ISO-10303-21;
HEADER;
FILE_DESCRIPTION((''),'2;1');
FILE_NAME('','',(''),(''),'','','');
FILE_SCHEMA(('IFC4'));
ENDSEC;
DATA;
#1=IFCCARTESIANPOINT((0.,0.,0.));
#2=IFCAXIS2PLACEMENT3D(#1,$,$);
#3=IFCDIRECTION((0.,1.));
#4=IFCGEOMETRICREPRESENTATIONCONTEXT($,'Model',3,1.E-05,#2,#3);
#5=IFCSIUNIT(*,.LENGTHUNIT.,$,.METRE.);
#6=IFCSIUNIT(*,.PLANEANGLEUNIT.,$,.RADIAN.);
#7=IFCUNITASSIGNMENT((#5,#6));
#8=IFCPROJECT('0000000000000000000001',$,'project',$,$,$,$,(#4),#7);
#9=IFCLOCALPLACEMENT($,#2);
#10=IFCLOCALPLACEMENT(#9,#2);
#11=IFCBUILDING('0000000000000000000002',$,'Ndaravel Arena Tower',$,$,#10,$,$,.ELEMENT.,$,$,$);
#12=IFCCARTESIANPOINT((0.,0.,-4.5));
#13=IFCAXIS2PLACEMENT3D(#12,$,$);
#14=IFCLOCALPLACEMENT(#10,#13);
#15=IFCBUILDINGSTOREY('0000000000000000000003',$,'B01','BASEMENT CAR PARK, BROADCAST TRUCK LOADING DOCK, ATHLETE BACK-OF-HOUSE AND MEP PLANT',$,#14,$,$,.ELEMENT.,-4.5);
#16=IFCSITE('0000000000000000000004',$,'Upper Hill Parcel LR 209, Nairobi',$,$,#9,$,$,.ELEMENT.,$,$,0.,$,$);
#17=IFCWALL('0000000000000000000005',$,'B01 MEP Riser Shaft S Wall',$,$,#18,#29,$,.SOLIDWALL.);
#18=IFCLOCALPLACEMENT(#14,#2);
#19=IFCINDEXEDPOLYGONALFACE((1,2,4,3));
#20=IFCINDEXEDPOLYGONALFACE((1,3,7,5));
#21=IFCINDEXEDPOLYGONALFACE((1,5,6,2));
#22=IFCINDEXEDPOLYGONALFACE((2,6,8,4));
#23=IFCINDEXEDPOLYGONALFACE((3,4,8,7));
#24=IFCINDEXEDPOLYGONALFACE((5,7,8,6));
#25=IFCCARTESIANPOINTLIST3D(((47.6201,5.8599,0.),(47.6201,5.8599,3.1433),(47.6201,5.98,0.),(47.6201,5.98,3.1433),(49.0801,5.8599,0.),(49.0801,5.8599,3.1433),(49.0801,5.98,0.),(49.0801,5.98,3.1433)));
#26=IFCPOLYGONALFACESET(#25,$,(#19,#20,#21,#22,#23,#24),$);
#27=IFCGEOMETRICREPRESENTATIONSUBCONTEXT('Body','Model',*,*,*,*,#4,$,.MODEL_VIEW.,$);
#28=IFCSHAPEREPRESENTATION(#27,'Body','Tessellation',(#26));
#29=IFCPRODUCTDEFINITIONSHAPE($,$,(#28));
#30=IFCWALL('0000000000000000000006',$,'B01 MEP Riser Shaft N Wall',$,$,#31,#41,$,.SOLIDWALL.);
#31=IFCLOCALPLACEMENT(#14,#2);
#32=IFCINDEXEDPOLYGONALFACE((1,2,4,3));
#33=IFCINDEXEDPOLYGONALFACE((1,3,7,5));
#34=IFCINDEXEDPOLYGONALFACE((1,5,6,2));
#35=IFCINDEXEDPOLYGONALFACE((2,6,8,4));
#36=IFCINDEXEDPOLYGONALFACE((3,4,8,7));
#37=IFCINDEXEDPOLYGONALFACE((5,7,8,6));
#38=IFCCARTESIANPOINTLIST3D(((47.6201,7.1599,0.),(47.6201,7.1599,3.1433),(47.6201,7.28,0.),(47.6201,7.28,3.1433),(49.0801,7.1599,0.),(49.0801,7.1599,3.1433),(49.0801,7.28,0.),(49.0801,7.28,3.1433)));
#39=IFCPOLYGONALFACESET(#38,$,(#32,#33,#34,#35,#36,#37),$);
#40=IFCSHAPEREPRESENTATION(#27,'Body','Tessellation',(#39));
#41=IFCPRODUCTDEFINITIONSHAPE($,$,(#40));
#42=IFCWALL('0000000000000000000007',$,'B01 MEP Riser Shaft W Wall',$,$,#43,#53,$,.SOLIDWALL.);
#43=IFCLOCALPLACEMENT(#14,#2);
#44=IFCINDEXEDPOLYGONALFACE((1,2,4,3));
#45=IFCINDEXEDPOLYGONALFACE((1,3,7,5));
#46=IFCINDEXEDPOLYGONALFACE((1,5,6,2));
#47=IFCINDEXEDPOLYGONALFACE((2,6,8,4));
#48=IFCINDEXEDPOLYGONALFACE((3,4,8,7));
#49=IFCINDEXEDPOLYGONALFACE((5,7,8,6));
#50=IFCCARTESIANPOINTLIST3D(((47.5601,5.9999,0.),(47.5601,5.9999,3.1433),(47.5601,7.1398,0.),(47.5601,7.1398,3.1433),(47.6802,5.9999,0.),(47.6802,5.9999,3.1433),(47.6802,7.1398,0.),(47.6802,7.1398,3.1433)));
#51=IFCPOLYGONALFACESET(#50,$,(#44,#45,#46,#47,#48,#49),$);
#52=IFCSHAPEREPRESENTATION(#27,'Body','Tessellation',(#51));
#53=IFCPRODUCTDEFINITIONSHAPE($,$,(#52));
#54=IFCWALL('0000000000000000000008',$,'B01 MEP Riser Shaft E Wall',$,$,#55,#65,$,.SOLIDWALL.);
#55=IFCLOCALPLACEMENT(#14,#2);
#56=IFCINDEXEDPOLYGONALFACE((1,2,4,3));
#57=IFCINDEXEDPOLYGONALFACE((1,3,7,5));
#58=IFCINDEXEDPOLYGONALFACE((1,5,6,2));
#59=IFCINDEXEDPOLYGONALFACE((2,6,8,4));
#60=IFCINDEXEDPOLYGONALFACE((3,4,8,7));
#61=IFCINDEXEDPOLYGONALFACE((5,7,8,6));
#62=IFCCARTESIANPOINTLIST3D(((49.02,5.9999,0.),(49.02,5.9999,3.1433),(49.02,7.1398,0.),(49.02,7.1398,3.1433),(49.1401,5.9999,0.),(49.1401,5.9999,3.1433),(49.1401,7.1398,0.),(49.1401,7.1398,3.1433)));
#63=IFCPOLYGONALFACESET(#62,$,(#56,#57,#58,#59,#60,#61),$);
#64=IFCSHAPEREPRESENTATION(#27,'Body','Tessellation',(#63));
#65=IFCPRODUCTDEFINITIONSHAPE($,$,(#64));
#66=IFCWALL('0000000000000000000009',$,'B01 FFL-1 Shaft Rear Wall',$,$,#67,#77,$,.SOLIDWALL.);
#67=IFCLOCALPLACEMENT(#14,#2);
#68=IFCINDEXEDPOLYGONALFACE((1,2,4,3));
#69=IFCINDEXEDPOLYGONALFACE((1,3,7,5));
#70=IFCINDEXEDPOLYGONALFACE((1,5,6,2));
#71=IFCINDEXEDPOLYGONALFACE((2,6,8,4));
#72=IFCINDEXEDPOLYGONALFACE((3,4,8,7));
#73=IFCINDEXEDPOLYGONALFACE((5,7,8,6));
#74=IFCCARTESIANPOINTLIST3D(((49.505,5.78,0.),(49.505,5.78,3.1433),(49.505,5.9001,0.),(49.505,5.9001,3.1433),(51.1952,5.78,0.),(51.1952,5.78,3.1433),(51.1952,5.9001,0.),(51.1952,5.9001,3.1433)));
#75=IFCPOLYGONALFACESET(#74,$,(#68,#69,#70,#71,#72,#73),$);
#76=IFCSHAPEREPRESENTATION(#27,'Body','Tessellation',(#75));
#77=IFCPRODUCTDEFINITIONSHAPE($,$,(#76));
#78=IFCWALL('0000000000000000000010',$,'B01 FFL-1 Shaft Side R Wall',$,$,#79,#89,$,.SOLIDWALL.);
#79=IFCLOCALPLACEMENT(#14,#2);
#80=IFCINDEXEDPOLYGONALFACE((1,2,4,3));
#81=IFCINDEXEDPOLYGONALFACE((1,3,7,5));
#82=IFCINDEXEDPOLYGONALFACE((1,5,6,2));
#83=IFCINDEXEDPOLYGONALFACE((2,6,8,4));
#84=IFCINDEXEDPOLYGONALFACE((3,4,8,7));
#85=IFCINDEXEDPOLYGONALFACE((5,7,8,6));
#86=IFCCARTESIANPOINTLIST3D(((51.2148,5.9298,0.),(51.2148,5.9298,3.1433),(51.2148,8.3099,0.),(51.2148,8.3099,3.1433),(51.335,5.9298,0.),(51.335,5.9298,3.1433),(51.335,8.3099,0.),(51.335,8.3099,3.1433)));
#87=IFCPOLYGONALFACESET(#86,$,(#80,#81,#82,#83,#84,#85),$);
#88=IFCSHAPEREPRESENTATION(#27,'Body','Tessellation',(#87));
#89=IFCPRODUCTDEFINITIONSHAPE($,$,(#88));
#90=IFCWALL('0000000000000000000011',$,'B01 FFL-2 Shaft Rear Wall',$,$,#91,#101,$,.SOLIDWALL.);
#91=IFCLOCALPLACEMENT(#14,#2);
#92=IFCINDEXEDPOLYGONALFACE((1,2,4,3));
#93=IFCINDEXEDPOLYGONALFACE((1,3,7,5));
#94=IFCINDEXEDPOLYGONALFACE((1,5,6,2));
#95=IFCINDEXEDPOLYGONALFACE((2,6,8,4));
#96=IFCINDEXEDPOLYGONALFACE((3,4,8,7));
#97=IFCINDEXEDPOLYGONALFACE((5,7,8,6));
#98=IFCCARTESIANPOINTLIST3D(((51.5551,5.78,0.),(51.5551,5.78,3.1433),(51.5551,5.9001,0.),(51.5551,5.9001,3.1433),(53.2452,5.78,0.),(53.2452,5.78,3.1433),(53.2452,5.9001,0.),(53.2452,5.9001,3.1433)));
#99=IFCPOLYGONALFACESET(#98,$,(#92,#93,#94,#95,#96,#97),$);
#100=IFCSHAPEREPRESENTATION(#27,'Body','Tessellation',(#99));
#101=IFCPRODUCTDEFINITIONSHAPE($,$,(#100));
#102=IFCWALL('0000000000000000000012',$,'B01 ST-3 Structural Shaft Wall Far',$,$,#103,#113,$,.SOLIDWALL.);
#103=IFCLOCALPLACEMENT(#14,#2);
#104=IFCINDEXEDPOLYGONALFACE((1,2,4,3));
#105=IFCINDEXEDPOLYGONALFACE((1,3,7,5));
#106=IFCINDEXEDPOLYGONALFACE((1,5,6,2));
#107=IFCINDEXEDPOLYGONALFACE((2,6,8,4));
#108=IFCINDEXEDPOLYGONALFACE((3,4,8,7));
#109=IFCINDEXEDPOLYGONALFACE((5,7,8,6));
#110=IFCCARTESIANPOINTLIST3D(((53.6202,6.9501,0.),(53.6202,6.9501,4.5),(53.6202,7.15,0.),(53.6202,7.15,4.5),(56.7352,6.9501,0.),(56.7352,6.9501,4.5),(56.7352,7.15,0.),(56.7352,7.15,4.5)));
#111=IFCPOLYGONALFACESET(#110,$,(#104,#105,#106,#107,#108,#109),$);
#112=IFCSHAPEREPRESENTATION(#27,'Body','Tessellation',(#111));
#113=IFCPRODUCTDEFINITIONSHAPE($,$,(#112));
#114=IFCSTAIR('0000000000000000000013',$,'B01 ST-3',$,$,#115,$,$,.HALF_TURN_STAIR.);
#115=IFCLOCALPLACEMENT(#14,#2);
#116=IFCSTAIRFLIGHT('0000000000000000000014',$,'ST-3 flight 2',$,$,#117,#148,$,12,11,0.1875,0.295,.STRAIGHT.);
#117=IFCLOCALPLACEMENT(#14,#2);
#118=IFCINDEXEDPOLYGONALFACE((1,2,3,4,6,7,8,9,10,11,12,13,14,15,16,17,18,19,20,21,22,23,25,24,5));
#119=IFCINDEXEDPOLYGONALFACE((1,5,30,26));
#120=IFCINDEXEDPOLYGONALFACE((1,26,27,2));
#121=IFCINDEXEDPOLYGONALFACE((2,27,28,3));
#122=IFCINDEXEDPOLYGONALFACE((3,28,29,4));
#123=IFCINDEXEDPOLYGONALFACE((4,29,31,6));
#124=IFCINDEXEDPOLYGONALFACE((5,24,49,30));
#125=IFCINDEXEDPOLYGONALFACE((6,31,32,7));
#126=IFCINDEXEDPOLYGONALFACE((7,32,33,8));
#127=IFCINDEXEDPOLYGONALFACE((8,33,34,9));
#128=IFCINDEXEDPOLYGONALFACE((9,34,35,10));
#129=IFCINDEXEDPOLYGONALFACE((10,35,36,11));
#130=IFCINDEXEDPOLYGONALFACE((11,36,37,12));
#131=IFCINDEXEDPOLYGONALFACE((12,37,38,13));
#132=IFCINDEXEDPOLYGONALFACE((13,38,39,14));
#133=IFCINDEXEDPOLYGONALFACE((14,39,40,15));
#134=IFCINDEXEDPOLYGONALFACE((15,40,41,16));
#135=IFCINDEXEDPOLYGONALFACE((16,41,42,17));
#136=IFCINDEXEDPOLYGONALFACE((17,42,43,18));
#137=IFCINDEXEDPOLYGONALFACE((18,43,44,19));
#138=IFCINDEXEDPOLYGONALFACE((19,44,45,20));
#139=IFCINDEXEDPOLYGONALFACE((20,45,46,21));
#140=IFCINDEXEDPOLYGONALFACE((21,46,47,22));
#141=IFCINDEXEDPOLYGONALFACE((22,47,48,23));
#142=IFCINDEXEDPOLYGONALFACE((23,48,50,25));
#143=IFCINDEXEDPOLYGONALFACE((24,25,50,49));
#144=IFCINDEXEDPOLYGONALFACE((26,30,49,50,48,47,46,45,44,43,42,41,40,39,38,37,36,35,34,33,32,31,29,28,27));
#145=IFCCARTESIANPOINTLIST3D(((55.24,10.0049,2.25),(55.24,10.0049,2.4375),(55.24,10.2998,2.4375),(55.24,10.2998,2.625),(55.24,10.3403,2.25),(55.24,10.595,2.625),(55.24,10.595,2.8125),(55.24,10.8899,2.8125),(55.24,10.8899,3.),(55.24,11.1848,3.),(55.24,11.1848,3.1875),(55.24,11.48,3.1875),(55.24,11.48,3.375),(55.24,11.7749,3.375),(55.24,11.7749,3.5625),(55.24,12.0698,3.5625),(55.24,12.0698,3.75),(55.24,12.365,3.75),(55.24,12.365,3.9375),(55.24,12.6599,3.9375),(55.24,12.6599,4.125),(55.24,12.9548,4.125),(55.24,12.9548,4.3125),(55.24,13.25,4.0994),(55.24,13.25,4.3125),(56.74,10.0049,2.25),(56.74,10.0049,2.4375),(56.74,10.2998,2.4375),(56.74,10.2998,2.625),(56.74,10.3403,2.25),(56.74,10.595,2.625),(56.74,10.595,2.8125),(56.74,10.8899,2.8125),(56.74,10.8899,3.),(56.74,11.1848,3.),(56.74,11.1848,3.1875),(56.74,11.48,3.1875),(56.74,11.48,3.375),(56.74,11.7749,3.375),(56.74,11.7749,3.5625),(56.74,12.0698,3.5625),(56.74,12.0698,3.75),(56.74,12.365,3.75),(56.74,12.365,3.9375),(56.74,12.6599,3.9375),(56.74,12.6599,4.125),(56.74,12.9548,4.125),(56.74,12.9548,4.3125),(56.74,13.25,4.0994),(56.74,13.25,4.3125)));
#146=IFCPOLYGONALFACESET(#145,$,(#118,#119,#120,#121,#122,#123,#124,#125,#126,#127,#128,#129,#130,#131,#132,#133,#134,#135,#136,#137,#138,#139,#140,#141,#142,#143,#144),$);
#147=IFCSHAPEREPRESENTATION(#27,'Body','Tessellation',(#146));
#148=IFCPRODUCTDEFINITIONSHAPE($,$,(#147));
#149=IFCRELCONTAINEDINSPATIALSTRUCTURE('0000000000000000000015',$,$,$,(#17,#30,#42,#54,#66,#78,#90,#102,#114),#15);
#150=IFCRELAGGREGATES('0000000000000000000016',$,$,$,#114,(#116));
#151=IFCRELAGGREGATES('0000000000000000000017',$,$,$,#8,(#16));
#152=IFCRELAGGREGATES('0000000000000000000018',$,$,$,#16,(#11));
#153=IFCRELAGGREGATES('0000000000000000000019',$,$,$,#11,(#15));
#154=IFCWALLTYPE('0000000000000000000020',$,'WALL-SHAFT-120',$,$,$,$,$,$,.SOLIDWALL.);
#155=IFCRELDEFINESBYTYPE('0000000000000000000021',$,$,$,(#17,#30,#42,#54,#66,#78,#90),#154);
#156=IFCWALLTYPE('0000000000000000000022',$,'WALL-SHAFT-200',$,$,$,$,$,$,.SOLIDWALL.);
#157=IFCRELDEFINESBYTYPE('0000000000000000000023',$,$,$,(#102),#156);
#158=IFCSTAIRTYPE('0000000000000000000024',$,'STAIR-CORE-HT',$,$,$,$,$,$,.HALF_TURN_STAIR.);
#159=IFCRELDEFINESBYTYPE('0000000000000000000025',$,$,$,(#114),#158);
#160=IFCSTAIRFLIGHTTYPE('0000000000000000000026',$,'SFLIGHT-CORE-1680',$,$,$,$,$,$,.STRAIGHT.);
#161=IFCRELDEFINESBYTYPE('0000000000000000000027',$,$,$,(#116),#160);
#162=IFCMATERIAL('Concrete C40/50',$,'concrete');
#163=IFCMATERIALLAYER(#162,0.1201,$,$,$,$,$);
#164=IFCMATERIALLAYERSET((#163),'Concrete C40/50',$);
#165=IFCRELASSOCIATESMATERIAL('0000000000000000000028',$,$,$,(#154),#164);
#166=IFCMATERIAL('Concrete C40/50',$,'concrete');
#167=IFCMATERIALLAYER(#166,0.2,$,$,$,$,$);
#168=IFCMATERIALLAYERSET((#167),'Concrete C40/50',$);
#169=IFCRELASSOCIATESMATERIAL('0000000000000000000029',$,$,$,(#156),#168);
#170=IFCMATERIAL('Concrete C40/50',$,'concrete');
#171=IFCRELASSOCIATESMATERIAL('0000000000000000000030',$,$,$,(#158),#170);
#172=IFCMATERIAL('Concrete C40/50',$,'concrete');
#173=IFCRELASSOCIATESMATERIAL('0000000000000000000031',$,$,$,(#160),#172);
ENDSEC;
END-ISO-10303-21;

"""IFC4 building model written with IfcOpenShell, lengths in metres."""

from ifc_helpers import new_model, si_unit, direction, frame, frame_2d, origin, place, context, subcontext, project, spatial, polyline, rectangle, outline, extrude, material, layer, layer_set, type_object, element, aggregate, save


model = new_model("IFC4")

# Units and contexts
model_context = context("Model", 3, precision=1e-05, world=origin(), true_north=direction((0.0, 1.0)))
body_context = subcontext(model_context, "Body", "Model", "MODEL_VIEW")
ifc_project = project(units=[si_unit("LENGTHUNIT", "METRE"), si_unit("PLANEANGLEUNIT", "RADIAN")], contexts=[model_context])

# Site, building, storey
site_placement = place(None, origin())
site = spatial("IfcSite", under=ifc_project, at=site_placement, Name="Upper Hill Parcel LR 209, Nairobi", CompositionType="ELEMENT", RefElevation=0.0)
building_placement = place(site_placement, origin())
building = spatial("IfcBuilding", under=site, at=building_placement, Name="Ndaravel Arena Tower", CompositionType="ELEMENT")
storey_placement = place(building_placement, frame((0.0, 0.0, -4.5)))
storey = spatial("IfcBuildingStorey", under=building, at=storey_placement, Name="B01", Description="BASEMENT CAR PARK, BROADCAST TRUCK LOADING DOCK, ATHLETE BACK-OF-HOUSE AND MEP PLANT", CompositionType="ELEMENT", Elevation=-4.5)

# Walls
ifc_material_1 = material(Name="Concrete C40/50", Category="concrete")
ifc_layer_1 = layer(ifc_material_1, 0.1201)
ifc_layer_set_1 = layer_set([ifc_layer_1], Name="Concrete C40/50")
wall_type_1 = type_object("IfcWallType", Name="WALL-SHAFT-120", PredefinedType="SOLIDWALL", material=ifc_layer_set_1)
for number, where, z_axis, x_axis, name in (
    (1, (47.6201, 5.9199, 0.0), (0.0, 0.0, 1.0), (1.0, 0.0, 0.0), "B01 MEP Riser Shaft S Wall"),
    (2, (47.6201, 7.22, 0.0), (0.0, 0.0, 1.0), (1.0, 0.0, 0.0), "B01 MEP Riser Shaft N Wall"),
):
    element("IfcWall", number, at=place(storey_placement, frame(where, z_axis=z_axis, x_axis=x_axis)), inside=storey, type_object=wall_type_1, Name=name, PredefinedType="SOLIDWALL", context=body_context, shape_type="SweptSolid", body=[
        extrude(rectangle(XDim=1.46, YDim=0.1201, at=frame_2d((0.73, 0.0))), origin(), (0.0, 0.0, 1.0), 3.1433),
    ])
for number, where, z_axis, x_axis, name in (
    (3, (47.6201, 6.0, 0.0), (0.0, 0.0, 1.0), (0.0, 1.0, 0.0), "B01 MEP Riser Shaft W Wall"),
    (4, (49.0801, 6.0, 0.0), (0.0, 0.0, 1.0), (0.0, 1.0, 0.0), "B01 MEP Riser Shaft E Wall"),
):
    element("IfcWall", number, at=place(storey_placement, frame(where, z_axis=z_axis, x_axis=x_axis)), inside=storey, type_object=wall_type_1, Name=name, PredefinedType="SOLIDWALL", context=body_context, shape_type="SweptSolid", body=[
        extrude(rectangle(XDim=1.1399, YDim=0.1201, at=frame_2d((0.5698, 0.0))), origin(), (0.0, 0.0, 1.0), 3.1433),
    ])
wall_1_placement = place(storey_placement, frame((49.5049, 5.8401, 0.0), z_axis=(0.0, 0.0, 1.0), x_axis=(1.0, 0.0, 0.0)))
element("IfcWall", 5, at=wall_1_placement, inside=storey, type_object=wall_type_1, Name="B01 FFL-1 Shaft Rear Wall", PredefinedType="SOLIDWALL", context=body_context, shape_type="SweptSolid", body=[
    extrude(rectangle(XDim=1.6902, YDim=0.1201, at=frame_2d((0.8452, 0.0))), origin(), (0.0, 0.0, 1.0), 3.1433),
])
wall_2_placement = place(storey_placement, frame((51.2749, 5.9299, 0.0), z_axis=(0.0, 0.0, 1.0), x_axis=(0.0, 1.0, 0.0)))
element("IfcWall", 6, at=wall_2_placement, inside=storey, type_object=wall_type_1, Name="B01 FFL-1 Shaft Side R Wall", PredefinedType="SOLIDWALL", context=body_context, shape_type="SweptSolid", body=[
    extrude(rectangle(XDim=2.3801, YDim=0.1201, at=frame_2d((1.1899, 0.0))), origin(), (0.0, 0.0, 1.0), 3.1433),
])
wall_3_placement = place(storey_placement, frame((51.5549, 5.8401, 0.0), z_axis=(0.0, 0.0, 1.0), x_axis=(1.0, 0.0, 0.0)))
element("IfcWall", 7, at=wall_3_placement, inside=storey, type_object=wall_type_1, Name="B01 FFL-2 Shaft Rear Wall", PredefinedType="SOLIDWALL", context=body_context, shape_type="SweptSolid", body=[
    extrude(rectangle(XDim=1.6902, YDim=0.1201, at=frame_2d((0.8452, 0.0))), origin(), (0.0, 0.0, 1.0), 3.1433),
])
ifc_material_2 = material(Name="Concrete C40/50", Category="concrete")
ifc_layer_2 = layer(ifc_material_2, 0.2)
ifc_layer_set_2 = layer_set([ifc_layer_2], Name="Concrete C40/50")
wall_type_2 = type_object("IfcWallType", Name="WALL-SHAFT-200", PredefinedType="SOLIDWALL", material=ifc_layer_set_2)
wall_4_placement = place(storey_placement, frame((53.6201, 7.05, 0.0), z_axis=(0.0, 0.0, 1.0), x_axis=(1.0, 0.0, 0.0)))
element("IfcWall", 8, at=wall_4_placement, inside=storey, type_object=wall_type_2, Name="B01 ST-3 Structural Shaft Wall Far", PredefinedType="SOLIDWALL", context=body_context, shape_type="SweptSolid", body=[
    extrude(rectangle(XDim=3.115, YDim=0.2, at=frame_2d((1.5576, 0.0))), origin(), (0.0, 0.0, 1.0), 4.5),
])

# Stair, stair flight
ifc_material_3 = material(Name="Concrete C40/50", Category="concrete")
stair_type = type_object("IfcStairType", Name="STAIR-CORE-HT", PredefinedType="HALF_TURN_STAIR", material=ifc_material_3)
stair_placement = place(storey_placement, origin())
stair = element("IfcStair", 9, at=stair_placement, inside=storey, type_object=stair_type, Name="B01 ST-3", PredefinedType="HALF_TURN_STAIR")
ifc_material_4 = material(Name="Concrete C40/50", Category="concrete")
stair_flight_type = type_object("IfcStairFlightType", Name="SFLIGHT-CORE-1680", PredefinedType="STRAIGHT", material=ifc_material_4)
stair_flight_placement = place(storey_placement, frame((55.99, 10.0049, 2.25), z_axis=(0.0, 0.0, 1.0), x_axis=(0.0, 1.0, 0.0)))
stair_flight = element("IfcStairFlight", 10, at=stair_flight_placement, type_object=stair_flight_type, Name="ST-3 flight 2", NumberOfRisers=12, NumberOfTreads=11, PredefinedType="STRAIGHT", RiserHeight=0.1875, TreadLength=0.295, context=body_context, shape_type="SweptSolid", body=[
    extrude(outline(polyline([(0.0, 0.0), (0.0, 0.1875), (0.2949, 0.1875), (0.2949, 0.375), (0.5901, 0.375), (0.5901, 0.5625), (0.885, 0.5625), (0.885, 0.75), (1.1799, 0.75), (1.1799, 0.9375), (1.4751, 0.9375), (1.4751, 1.125), (1.77, 1.125), (1.77, 1.3125), (2.0649, 1.3125), (2.0649, 1.5), (2.3601, 1.5), (2.3601, 1.6875), (2.655, 1.6875), (2.655, 1.875), (2.95, 1.875), (2.95, 2.0625), (3.2451, 2.0625), (3.2451, 2.25), (3.2451, 1.8494), (0.3354, 0.0), (0.0, 0.0)])), frame((0.0, 0.75, 0.0), z_axis=(0.0, -1.0, 0.0), x_axis=(1.0, 0.0, 0.0)), (0.0, 0.0, 1.0), 1.5),
])
aggregate(stair, [stair_flight])

save(model, "model.ifc")
